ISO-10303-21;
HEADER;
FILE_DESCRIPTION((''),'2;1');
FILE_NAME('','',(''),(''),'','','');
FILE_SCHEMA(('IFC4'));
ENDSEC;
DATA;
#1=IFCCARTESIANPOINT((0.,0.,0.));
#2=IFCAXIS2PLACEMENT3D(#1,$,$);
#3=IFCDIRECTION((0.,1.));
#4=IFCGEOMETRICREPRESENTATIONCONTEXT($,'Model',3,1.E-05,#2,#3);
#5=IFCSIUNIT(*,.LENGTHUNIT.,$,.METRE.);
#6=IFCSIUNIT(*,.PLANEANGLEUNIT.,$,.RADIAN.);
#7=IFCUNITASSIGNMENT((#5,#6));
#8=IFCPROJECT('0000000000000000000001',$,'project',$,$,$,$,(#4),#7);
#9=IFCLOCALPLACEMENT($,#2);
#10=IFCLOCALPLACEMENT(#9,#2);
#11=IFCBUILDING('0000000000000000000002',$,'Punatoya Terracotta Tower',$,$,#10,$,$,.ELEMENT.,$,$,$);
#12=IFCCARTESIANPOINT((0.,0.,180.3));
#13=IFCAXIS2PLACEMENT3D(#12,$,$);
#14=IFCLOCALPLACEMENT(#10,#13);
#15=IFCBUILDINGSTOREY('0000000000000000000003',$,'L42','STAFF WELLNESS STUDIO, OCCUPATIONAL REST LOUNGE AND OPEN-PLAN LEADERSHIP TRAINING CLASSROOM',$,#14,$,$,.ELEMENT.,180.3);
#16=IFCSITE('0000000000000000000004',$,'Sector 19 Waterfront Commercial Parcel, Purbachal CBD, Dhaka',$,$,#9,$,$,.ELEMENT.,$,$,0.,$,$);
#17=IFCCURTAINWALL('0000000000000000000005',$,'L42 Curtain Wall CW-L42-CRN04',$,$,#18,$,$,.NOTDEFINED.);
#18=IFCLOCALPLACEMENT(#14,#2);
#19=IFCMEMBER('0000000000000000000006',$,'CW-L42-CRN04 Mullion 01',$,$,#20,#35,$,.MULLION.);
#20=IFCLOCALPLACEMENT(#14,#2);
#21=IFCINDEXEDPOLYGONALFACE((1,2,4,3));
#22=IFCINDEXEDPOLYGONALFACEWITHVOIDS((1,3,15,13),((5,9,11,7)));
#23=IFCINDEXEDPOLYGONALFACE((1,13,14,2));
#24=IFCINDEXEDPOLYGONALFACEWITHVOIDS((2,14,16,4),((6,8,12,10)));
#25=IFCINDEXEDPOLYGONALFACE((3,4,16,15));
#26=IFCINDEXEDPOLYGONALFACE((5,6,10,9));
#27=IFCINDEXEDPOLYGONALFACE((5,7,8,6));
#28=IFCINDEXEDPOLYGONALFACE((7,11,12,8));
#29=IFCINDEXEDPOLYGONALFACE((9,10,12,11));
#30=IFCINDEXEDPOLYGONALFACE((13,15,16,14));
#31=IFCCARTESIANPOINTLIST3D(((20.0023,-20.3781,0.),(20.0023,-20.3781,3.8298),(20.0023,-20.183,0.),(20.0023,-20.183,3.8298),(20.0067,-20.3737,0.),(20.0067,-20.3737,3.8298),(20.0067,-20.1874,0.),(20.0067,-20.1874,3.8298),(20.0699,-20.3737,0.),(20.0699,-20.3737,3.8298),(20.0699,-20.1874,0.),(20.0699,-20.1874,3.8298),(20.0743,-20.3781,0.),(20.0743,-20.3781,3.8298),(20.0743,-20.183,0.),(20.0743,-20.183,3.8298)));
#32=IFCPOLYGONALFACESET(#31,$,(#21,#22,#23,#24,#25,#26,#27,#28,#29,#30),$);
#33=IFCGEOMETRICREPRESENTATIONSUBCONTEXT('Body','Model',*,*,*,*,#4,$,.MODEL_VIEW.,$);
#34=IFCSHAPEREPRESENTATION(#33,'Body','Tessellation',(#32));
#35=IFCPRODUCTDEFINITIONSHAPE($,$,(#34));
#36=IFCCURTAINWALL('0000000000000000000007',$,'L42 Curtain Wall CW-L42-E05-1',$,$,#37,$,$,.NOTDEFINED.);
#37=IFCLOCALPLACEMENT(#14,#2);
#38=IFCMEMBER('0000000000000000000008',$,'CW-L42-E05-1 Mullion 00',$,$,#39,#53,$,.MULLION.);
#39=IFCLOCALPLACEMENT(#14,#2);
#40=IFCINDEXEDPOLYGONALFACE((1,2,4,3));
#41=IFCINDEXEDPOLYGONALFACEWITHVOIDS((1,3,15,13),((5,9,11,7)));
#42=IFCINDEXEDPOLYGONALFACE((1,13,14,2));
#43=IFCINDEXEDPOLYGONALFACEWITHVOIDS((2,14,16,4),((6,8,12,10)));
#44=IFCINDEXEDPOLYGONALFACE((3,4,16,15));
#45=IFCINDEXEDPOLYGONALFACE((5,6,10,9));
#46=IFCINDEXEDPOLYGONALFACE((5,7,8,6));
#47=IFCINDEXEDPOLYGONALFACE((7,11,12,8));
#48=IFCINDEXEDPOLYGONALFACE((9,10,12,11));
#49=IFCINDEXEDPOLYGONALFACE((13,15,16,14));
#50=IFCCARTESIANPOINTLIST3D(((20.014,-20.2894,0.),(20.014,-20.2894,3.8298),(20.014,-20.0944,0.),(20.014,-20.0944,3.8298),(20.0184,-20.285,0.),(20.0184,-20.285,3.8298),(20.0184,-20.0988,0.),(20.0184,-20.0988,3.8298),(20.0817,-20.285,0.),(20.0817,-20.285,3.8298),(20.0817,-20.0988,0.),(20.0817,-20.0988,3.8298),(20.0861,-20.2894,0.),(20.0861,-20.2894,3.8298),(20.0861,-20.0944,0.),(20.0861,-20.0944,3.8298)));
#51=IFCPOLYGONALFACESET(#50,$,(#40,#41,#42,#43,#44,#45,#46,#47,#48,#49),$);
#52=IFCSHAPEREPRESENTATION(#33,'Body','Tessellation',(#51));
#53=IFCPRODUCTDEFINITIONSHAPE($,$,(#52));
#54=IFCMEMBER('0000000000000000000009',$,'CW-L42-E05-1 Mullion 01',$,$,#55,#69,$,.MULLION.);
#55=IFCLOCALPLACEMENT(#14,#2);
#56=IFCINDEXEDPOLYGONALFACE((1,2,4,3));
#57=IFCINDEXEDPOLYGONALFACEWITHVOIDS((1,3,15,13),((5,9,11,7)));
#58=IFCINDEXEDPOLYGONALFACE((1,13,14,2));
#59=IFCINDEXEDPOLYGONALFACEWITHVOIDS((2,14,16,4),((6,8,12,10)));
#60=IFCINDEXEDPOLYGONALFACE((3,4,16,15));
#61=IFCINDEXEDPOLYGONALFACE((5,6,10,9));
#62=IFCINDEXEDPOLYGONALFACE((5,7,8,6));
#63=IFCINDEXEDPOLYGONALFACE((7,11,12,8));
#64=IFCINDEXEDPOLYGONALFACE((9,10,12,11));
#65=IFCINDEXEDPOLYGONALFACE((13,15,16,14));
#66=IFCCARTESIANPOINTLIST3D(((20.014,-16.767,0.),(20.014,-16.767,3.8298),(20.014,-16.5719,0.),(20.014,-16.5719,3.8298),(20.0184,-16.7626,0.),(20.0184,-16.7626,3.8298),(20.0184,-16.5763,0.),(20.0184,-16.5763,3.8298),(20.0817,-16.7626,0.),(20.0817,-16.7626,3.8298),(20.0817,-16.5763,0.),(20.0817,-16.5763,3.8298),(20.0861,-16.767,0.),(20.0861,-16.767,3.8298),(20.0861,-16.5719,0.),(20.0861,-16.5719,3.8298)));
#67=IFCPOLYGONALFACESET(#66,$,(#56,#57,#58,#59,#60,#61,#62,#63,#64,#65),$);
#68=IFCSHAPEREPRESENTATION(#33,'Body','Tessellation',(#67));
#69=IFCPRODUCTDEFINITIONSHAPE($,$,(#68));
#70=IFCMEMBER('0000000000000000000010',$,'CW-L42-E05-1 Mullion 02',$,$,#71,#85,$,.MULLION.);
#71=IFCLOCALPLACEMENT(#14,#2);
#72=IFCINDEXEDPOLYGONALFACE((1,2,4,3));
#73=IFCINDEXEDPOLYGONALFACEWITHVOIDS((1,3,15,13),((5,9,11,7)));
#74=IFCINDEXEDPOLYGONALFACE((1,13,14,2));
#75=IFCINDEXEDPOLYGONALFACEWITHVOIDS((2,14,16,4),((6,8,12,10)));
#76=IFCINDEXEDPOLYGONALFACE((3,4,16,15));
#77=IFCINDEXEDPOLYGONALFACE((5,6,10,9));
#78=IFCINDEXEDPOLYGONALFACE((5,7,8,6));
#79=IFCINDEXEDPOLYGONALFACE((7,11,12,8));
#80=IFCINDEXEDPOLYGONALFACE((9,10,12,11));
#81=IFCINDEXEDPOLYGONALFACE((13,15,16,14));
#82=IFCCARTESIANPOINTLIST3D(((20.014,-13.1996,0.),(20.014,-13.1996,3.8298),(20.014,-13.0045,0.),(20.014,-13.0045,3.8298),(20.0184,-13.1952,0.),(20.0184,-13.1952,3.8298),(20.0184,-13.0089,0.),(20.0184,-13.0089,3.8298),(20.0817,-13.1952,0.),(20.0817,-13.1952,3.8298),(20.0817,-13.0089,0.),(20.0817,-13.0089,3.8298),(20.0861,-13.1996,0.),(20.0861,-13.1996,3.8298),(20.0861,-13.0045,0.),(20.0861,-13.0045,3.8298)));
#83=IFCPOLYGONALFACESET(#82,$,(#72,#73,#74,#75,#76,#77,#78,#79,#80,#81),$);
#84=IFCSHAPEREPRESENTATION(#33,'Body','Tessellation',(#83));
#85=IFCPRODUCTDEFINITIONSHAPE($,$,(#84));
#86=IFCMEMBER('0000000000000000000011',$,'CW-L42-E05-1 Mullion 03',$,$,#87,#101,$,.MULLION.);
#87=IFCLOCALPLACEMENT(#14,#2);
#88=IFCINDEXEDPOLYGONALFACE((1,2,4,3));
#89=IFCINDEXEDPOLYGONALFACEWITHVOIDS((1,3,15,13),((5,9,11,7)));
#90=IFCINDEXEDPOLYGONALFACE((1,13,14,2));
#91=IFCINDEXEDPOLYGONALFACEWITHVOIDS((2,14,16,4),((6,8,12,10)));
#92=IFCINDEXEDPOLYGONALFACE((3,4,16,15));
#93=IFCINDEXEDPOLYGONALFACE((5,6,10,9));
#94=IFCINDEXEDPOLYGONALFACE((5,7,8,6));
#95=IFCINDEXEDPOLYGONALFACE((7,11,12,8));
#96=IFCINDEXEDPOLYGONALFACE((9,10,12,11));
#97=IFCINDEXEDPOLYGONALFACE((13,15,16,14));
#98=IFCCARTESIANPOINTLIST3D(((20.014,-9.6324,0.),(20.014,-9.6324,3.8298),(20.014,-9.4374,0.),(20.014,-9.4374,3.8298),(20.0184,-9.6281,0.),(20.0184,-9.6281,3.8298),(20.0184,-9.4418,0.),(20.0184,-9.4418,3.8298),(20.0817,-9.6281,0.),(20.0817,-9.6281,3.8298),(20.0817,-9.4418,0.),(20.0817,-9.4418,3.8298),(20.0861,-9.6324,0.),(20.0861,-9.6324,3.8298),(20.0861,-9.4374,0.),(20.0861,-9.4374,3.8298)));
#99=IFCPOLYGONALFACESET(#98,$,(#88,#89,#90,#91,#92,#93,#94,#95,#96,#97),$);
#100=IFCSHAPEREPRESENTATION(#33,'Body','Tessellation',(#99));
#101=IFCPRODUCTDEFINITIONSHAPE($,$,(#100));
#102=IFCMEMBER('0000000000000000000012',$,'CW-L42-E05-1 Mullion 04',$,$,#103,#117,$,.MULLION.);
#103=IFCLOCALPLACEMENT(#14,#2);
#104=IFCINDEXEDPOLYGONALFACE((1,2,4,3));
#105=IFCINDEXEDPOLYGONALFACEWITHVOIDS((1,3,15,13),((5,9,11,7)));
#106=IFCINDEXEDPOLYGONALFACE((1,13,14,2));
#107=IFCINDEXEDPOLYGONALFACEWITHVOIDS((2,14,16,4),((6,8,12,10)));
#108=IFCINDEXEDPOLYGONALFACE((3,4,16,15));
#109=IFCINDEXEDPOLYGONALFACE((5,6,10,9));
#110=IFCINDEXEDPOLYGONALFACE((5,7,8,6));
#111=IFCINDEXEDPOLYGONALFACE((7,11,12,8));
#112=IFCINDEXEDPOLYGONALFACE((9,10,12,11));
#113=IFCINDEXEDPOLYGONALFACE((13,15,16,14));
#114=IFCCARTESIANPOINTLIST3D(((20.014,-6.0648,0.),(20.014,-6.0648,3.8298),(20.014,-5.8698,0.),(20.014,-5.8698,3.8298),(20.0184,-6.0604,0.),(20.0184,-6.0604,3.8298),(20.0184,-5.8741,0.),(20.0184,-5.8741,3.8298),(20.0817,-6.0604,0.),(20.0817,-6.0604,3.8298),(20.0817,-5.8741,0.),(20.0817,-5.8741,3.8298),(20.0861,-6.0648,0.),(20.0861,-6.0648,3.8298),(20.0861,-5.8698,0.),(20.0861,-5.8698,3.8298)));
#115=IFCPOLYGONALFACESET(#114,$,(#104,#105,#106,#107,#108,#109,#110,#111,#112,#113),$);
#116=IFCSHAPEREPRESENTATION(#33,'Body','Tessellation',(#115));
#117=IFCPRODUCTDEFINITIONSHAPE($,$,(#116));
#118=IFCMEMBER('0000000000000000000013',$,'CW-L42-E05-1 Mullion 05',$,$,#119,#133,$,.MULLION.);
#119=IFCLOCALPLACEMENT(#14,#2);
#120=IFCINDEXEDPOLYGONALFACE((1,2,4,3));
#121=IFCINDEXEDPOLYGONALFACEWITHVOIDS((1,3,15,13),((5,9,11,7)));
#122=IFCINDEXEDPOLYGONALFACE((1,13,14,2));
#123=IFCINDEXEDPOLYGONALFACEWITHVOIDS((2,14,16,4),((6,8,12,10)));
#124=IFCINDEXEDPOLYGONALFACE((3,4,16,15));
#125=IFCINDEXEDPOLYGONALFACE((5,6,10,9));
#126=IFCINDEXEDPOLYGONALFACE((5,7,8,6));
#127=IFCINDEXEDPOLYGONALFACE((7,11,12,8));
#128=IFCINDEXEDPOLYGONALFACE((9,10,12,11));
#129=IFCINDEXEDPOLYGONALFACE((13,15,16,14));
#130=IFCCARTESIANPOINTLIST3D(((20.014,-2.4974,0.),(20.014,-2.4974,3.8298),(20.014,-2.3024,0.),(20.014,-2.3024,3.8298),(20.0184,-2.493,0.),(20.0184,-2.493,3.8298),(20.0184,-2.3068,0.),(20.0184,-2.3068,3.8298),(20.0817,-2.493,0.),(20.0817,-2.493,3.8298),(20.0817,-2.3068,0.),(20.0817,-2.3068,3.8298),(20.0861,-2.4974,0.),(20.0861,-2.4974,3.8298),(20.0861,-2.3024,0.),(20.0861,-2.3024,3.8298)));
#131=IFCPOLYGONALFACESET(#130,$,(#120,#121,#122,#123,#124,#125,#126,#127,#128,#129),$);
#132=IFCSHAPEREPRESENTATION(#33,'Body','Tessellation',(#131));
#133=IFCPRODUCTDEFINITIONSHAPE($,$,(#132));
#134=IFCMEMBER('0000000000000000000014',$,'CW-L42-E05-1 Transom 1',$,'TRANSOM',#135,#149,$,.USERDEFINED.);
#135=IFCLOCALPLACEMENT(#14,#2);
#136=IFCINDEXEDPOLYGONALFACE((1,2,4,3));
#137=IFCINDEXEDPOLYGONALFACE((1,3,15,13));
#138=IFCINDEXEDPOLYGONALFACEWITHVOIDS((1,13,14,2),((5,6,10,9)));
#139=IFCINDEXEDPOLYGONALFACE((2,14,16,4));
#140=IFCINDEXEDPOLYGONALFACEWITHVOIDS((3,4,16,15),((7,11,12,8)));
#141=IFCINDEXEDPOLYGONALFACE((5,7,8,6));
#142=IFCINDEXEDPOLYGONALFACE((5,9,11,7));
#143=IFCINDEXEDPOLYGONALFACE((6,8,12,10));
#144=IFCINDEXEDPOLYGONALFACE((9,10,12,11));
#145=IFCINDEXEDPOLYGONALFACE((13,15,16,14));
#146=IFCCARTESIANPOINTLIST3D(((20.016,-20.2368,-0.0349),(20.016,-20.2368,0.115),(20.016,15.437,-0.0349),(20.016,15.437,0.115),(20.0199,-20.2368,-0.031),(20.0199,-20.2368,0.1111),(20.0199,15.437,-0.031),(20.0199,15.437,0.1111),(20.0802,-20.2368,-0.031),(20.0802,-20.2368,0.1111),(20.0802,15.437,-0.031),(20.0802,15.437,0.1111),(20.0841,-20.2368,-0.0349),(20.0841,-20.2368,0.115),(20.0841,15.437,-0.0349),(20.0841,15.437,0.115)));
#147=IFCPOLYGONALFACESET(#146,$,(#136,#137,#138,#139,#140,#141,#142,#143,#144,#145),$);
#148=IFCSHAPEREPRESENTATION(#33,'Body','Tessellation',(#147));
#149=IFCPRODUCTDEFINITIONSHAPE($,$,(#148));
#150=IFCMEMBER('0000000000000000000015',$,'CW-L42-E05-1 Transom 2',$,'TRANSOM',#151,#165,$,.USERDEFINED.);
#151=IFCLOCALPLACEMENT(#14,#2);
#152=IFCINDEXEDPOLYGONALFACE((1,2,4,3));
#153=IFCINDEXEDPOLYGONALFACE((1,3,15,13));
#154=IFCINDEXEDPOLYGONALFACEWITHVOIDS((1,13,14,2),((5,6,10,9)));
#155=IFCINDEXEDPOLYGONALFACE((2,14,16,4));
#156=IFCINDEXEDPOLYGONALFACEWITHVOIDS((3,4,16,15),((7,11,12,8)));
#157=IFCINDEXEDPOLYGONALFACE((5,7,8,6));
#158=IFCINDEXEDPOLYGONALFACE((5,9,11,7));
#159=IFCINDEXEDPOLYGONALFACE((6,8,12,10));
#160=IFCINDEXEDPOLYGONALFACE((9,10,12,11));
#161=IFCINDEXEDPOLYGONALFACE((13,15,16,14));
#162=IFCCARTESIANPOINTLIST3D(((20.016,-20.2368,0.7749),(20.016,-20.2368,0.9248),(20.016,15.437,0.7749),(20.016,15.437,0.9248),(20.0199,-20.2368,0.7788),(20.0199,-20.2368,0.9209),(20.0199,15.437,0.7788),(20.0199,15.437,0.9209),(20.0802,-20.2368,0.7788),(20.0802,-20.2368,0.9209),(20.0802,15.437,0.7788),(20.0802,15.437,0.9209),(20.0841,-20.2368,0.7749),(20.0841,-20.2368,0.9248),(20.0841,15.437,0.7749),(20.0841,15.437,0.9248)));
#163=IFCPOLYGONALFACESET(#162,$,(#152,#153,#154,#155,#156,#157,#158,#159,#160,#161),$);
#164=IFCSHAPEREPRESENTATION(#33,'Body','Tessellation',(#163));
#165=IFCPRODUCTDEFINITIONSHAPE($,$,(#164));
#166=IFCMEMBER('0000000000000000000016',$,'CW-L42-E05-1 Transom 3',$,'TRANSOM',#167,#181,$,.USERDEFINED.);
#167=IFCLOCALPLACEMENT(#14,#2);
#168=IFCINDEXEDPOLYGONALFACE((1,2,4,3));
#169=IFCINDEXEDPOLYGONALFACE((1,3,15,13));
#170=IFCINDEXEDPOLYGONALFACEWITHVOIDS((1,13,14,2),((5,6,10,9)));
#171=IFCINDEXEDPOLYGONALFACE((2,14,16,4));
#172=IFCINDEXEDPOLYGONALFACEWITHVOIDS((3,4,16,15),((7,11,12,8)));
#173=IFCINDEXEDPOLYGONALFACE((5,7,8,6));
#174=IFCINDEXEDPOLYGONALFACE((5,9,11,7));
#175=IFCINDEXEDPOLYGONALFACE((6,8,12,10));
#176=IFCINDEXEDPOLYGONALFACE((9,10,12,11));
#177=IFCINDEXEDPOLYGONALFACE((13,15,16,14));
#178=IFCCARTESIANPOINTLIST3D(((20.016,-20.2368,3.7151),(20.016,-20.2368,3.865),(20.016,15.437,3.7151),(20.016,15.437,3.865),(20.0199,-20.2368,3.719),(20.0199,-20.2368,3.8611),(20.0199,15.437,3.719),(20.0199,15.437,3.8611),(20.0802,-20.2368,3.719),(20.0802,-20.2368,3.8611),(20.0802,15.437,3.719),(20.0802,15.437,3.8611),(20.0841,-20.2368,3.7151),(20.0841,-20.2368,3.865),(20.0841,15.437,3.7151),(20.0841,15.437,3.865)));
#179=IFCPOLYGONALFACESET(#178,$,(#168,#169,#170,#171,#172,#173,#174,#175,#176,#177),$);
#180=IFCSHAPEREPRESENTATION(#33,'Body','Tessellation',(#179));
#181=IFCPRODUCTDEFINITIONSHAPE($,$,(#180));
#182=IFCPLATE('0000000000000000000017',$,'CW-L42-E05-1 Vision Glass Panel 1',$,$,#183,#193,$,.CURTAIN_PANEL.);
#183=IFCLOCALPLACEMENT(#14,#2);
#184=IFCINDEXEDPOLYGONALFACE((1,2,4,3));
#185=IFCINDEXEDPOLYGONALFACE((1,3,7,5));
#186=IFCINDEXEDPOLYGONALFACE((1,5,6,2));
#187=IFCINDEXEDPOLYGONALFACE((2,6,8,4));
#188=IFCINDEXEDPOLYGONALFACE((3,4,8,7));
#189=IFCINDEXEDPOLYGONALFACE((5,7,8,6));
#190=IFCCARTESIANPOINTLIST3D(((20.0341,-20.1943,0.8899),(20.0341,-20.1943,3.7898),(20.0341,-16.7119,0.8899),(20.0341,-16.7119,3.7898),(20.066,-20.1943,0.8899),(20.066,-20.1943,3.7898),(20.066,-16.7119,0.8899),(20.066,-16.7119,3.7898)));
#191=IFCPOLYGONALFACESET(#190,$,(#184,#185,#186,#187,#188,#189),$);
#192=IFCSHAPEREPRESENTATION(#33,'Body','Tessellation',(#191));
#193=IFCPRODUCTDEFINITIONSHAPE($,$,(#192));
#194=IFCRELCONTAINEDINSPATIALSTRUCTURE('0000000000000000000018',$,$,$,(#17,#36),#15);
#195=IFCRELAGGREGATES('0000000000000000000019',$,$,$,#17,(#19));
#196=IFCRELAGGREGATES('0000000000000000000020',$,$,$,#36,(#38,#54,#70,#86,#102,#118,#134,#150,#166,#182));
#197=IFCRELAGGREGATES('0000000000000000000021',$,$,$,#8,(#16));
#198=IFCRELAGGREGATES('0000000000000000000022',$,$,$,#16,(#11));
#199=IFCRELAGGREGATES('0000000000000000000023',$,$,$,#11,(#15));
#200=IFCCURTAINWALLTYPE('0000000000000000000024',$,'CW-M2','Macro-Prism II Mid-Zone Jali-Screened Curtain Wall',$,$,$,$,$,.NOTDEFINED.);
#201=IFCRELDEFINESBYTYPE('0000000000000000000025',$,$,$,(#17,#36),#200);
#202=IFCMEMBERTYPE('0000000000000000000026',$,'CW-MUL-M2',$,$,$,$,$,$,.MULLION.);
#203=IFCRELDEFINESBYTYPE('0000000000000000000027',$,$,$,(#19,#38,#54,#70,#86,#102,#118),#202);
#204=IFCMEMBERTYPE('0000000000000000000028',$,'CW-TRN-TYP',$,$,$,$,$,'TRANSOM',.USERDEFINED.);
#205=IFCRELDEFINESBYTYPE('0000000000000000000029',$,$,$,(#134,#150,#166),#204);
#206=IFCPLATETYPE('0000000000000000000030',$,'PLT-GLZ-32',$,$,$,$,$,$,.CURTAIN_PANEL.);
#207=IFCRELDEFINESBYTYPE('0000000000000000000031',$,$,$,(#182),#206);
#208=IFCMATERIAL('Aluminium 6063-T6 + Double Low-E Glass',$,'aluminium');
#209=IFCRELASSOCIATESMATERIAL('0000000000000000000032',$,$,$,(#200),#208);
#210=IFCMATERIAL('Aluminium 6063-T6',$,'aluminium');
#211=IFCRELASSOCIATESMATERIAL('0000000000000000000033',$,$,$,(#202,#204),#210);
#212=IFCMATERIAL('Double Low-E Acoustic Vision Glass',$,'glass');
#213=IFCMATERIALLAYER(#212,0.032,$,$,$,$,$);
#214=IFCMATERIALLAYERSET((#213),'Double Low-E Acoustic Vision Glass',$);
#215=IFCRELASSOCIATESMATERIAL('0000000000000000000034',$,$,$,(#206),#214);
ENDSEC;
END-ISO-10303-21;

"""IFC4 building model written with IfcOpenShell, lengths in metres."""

from ifc_helpers import new_model, si_unit, direction, frame, origin, origin_2d, place, context, subcontext, project, spatial, rectangle, hollow_rectangle, extrude, material, layer, layer_set, material_profile, profile_set, type_object, element, aggregate, save


model = new_model("IFC4")

# Units and contexts
model_context = context("Model", 3, precision=1e-05, world=origin(), true_north=direction((0.0, 1.0)))
body_context = subcontext(model_context, "Body", "Model", "MODEL_VIEW")
ifc_project = project(units=[si_unit("LENGTHUNIT", "METRE"), si_unit("PLANEANGLEUNIT", "RADIAN")], contexts=[model_context])

# Site, building, storey
site_placement = place(None, origin())
site = spatial("IfcSite", under=ifc_project, at=site_placement, Name="Sector 19 Waterfront Commercial Parcel, Purbachal CBD, Dhaka", CompositionType="ELEMENT", RefElevation=0.0)
building_placement = place(site_placement, origin())
building = spatial("IfcBuilding", under=site, at=building_placement, Name="Punatoya Terracotta Tower", CompositionType="ELEMENT")
storey_placement = place(building_placement, frame((0.0, 0.0, 180.3)))
storey = spatial("IfcBuildingStorey", under=building, at=storey_placement, Name="L42", Description="STAFF WELLNESS STUDIO, OCCUPATIONAL REST LOUNGE AND OPEN-PLAN LEADERSHIP TRAINING CLASSROOM", CompositionType="ELEMENT", Elevation=180.3)

# Curtain wall, member
ifc_material_1 = material(Name="Aluminium 6063-T6 + Double Low-E Glass", Category="aluminium")
curtain_wall_type = type_object("IfcCurtainWallType", Name="CW-M2", Description="Macro-Prism II Mid-Zone Jali-Screened Curtain Wall", PredefinedType="NOTDEFINED", material=ifc_material_1)
curtain_wall_1_placement = place(storey_placement, origin())
curtain_wall_1 = element("IfcCurtainWall", 1, at=curtain_wall_1_placement, inside=storey, type_object=curtain_wall_type, Name="L42 Curtain Wall CW-L42-CRN04", PredefinedType="NOTDEFINED")
ifc_material_2 = material(Name="Aluminium 6063-T6", Category="aluminium")
ifc_material_profile_1 = material_profile(ifc_material_2, hollow_rectangle(XDim=0.072, YDim=0.1951, WallThickness=0.0044, at=origin_2d()))
ifc_profile_set_1 = profile_set([ifc_material_profile_1], Name="Aluminium 6063-T6")
member_type_1 = type_object("IfcMemberType", Name="CW-MUL-M2", PredefinedType="MULLION", material=ifc_profile_set_1)
member_1_placement = place(storey_placement, frame((20.0383, -20.2805, 0.0), z_axis=(0.0, 0.0, 1.0), x_axis=(1.0, 0.0, 0.0)))
member_1 = element("IfcMember", 2, at=member_1_placement, type_object=member_type_1, Name="CW-L42-CRN04 Mullion 01", PredefinedType="MULLION", context=body_context, shape_type="SweptSolid", body=[
    extrude(hollow_rectangle(XDim=0.072, YDim=0.1951, WallThickness=0.0044, at=origin_2d()), origin(), (0.0, 0.0, 1.0), 3.8298),
])
aggregate(curtain_wall_1, [member_1])

# Curtain wall, members, plate
curtain_wall_2_placement = place(storey_placement, origin())
curtain_wall_2 = element("IfcCurtainWall", 3, at=curtain_wall_2_placement, inside=storey, type_object=curtain_wall_type, Name="L42 Curtain Wall CW-L42-E05-1", PredefinedType="NOTDEFINED")
member_2_placement = place(storey_placement, frame((20.05, -20.1919, 0.0), z_axis=(0.0, 0.0, 1.0), x_axis=(1.0, 0.0, 0.0)))
member_2 = element("IfcMember", 4, at=member_2_placement, type_object=member_type_1, Name="CW-L42-E05-1 Mullion 00", PredefinedType="MULLION", context=body_context, shape_type="SweptSolid", body=[
    extrude(hollow_rectangle(XDim=0.072, YDim=0.1951, WallThickness=0.0044, at=origin_2d()), origin(), (0.0, 0.0, 1.0), 3.8298),
])
member_3_placement = place(storey_placement, frame((20.05, -16.6694, 0.0), z_axis=(0.0, 0.0, 1.0), x_axis=(1.0, 0.0, 0.0)))
member_3 = element("IfcMember", 5, at=member_3_placement, type_object=member_type_1, Name="CW-L42-E05-1 Mullion 01", PredefinedType="MULLION", context=body_context, shape_type="SweptSolid", body=[
    extrude(hollow_rectangle(XDim=0.072, YDim=0.1951, WallThickness=0.0044, at=origin_2d()), origin(), (0.0, 0.0, 1.0), 3.8298),
])
member_4_placement = place(storey_placement, frame((20.05, -13.1021, 0.0), z_axis=(0.0, 0.0, 1.0), x_axis=(1.0, 0.0, 0.0)))
member_4 = element("IfcMember", 6, at=member_4_placement, type_object=member_type_1, Name="CW-L42-E05-1 Mullion 02", PredefinedType="MULLION", context=body_context, shape_type="SweptSolid", body=[
    extrude(hollow_rectangle(XDim=0.072, YDim=0.1951, WallThickness=0.0044, at=origin_2d()), origin(), (0.0, 0.0, 1.0), 3.8298),
])
member_5_placement = place(storey_placement, frame((20.05, -9.5349, 0.0), z_axis=(0.0, 0.0, 1.0), x_axis=(1.0, 0.0, 0.0)))
member_5 = element("IfcMember", 7, at=member_5_placement, type_object=member_type_1, Name="CW-L42-E05-1 Mullion 03", PredefinedType="MULLION", context=body_context, shape_type="SweptSolid", body=[
    extrude(hollow_rectangle(XDim=0.072, YDim=0.1951, WallThickness=0.0044, at=origin_2d()), origin(), (0.0, 0.0, 1.0), 3.8298),
])
member_6_placement = place(storey_placement, frame((20.05, -5.9673, 0.0), z_axis=(0.0, 0.0, 1.0), x_axis=(1.0, 0.0, 0.0)))
member_6 = element("IfcMember", 8, at=member_6_placement, type_object=member_type_1, Name="CW-L42-E05-1 Mullion 04", PredefinedType="MULLION", context=body_context, shape_type="SweptSolid", body=[
    extrude(hollow_rectangle(XDim=0.072, YDim=0.1951, WallThickness=0.0044, at=origin_2d()), origin(), (0.0, 0.0, 1.0), 3.8298),
])
member_7_placement = place(storey_placement, frame((20.05, -2.3999, 0.0), z_axis=(0.0, 0.0, 1.0), x_axis=(1.0, 0.0, 0.0)))
member_7 = element("IfcMember", 9, at=member_7_placement, type_object=member_type_1, Name="CW-L42-E05-1 Mullion 05", PredefinedType="MULLION", context=body_context, shape_type="SweptSolid", body=[
    extrude(hollow_rectangle(XDim=0.072, YDim=0.1951, WallThickness=0.0044, at=origin_2d()), origin(), (0.0, 0.0, 1.0), 3.8298),
])
ifc_material_profile_2 = material_profile(ifc_material_2, hollow_rectangle(XDim=0.0681, YDim=0.1499, WallThickness=0.0039, at=origin_2d()))
ifc_profile_set_2 = profile_set([ifc_material_profile_2], Name="Aluminium 6063-T6")
member_type_2 = type_object("IfcMemberType", Name="CW-TRN-TYP", ElementType="TRANSOM", PredefinedType="USERDEFINED", material=ifc_profile_set_2)
member_8_placement = place(storey_placement, frame((20.05, -20.2368, 0.04), z_axis=(0.0, 1.0, 0.0), x_axis=(-1.0, 0.0, 0.0)))
member_8 = element("IfcMember", 10, at=member_8_placement, type_object=member_type_2, Name="CW-L42-E05-1 Transom 1", ObjectType="TRANSOM", PredefinedType="USERDEFINED", context=body_context, shape_type="SweptSolid", body=[
    extrude(hollow_rectangle(XDim=0.0681, YDim=0.1499, WallThickness=0.0039, at=origin_2d()), origin(), (0.0, 0.0, 1.0), 35.6738),
])
member_9_placement = place(storey_placement, frame((20.05, -20.2368, 0.8499), z_axis=(0.0, 1.0, 0.0), x_axis=(-1.0, 0.0, 0.0)))
member_9 = element("IfcMember", 11, at=member_9_placement, type_object=member_type_2, Name="CW-L42-E05-1 Transom 2", ObjectType="TRANSOM", PredefinedType="USERDEFINED", context=body_context, shape_type="SweptSolid", body=[
    extrude(hollow_rectangle(XDim=0.0681, YDim=0.1499, WallThickness=0.0039, at=origin_2d()), origin(), (0.0, 0.0, 1.0), 35.6738),
])
member_10_placement = place(storey_placement, frame((20.05, -20.2368, 3.79), z_axis=(0.0, 1.0, 0.0), x_axis=(-1.0, 0.0, 0.0)))
member_10 = element("IfcMember", 12, at=member_10_placement, type_object=member_type_2, Name="CW-L42-E05-1 Transom 3", ObjectType="TRANSOM", PredefinedType="USERDEFINED", context=body_context, shape_type="SweptSolid", body=[
    extrude(hollow_rectangle(XDim=0.0681, YDim=0.1499, WallThickness=0.0039, at=origin_2d()), origin(), (0.0, 0.0, 1.0), 35.6738),
])
ifc_material_3 = material(Name="Double Low-E Acoustic Vision Glass", Category="glass")
ifc_layer_1 = layer(ifc_material_3, 0.032)
ifc_layer_set_1 = layer_set([ifc_layer_1], Name="Double Low-E Acoustic Vision Glass")
plate_type_1 = type_object("IfcPlateType", Name="PLT-GLZ-32", PredefinedType="CURTAIN_PANEL", material=ifc_layer_set_1)
plate_1_placement = place(storey_placement, frame((20.05, -18.4531, 0.8899), z_axis=(0.0, 0.0, 1.0), x_axis=(0.0, 1.0, 0.0)))
plate_1 = element("IfcPlate", 13, at=plate_1_placement, type_object=plate_type_1, Name="CW-L42-E05-1 Vision Glass Panel 1", PredefinedType="CURTAIN_PANEL", context=body_context, shape_type="SweptSolid", body=[
    extrude(rectangle(XDim=3.4824, YDim=0.032, at=origin_2d()), origin(), (0.0, 0.0, 1.0), 2.8999),
])
aggregate(curtain_wall_2, [member_2, member_3, member_4, member_5, member_6, member_7, member_8, member_9, member_10, plate_1])

save(model, "model.ifc")
